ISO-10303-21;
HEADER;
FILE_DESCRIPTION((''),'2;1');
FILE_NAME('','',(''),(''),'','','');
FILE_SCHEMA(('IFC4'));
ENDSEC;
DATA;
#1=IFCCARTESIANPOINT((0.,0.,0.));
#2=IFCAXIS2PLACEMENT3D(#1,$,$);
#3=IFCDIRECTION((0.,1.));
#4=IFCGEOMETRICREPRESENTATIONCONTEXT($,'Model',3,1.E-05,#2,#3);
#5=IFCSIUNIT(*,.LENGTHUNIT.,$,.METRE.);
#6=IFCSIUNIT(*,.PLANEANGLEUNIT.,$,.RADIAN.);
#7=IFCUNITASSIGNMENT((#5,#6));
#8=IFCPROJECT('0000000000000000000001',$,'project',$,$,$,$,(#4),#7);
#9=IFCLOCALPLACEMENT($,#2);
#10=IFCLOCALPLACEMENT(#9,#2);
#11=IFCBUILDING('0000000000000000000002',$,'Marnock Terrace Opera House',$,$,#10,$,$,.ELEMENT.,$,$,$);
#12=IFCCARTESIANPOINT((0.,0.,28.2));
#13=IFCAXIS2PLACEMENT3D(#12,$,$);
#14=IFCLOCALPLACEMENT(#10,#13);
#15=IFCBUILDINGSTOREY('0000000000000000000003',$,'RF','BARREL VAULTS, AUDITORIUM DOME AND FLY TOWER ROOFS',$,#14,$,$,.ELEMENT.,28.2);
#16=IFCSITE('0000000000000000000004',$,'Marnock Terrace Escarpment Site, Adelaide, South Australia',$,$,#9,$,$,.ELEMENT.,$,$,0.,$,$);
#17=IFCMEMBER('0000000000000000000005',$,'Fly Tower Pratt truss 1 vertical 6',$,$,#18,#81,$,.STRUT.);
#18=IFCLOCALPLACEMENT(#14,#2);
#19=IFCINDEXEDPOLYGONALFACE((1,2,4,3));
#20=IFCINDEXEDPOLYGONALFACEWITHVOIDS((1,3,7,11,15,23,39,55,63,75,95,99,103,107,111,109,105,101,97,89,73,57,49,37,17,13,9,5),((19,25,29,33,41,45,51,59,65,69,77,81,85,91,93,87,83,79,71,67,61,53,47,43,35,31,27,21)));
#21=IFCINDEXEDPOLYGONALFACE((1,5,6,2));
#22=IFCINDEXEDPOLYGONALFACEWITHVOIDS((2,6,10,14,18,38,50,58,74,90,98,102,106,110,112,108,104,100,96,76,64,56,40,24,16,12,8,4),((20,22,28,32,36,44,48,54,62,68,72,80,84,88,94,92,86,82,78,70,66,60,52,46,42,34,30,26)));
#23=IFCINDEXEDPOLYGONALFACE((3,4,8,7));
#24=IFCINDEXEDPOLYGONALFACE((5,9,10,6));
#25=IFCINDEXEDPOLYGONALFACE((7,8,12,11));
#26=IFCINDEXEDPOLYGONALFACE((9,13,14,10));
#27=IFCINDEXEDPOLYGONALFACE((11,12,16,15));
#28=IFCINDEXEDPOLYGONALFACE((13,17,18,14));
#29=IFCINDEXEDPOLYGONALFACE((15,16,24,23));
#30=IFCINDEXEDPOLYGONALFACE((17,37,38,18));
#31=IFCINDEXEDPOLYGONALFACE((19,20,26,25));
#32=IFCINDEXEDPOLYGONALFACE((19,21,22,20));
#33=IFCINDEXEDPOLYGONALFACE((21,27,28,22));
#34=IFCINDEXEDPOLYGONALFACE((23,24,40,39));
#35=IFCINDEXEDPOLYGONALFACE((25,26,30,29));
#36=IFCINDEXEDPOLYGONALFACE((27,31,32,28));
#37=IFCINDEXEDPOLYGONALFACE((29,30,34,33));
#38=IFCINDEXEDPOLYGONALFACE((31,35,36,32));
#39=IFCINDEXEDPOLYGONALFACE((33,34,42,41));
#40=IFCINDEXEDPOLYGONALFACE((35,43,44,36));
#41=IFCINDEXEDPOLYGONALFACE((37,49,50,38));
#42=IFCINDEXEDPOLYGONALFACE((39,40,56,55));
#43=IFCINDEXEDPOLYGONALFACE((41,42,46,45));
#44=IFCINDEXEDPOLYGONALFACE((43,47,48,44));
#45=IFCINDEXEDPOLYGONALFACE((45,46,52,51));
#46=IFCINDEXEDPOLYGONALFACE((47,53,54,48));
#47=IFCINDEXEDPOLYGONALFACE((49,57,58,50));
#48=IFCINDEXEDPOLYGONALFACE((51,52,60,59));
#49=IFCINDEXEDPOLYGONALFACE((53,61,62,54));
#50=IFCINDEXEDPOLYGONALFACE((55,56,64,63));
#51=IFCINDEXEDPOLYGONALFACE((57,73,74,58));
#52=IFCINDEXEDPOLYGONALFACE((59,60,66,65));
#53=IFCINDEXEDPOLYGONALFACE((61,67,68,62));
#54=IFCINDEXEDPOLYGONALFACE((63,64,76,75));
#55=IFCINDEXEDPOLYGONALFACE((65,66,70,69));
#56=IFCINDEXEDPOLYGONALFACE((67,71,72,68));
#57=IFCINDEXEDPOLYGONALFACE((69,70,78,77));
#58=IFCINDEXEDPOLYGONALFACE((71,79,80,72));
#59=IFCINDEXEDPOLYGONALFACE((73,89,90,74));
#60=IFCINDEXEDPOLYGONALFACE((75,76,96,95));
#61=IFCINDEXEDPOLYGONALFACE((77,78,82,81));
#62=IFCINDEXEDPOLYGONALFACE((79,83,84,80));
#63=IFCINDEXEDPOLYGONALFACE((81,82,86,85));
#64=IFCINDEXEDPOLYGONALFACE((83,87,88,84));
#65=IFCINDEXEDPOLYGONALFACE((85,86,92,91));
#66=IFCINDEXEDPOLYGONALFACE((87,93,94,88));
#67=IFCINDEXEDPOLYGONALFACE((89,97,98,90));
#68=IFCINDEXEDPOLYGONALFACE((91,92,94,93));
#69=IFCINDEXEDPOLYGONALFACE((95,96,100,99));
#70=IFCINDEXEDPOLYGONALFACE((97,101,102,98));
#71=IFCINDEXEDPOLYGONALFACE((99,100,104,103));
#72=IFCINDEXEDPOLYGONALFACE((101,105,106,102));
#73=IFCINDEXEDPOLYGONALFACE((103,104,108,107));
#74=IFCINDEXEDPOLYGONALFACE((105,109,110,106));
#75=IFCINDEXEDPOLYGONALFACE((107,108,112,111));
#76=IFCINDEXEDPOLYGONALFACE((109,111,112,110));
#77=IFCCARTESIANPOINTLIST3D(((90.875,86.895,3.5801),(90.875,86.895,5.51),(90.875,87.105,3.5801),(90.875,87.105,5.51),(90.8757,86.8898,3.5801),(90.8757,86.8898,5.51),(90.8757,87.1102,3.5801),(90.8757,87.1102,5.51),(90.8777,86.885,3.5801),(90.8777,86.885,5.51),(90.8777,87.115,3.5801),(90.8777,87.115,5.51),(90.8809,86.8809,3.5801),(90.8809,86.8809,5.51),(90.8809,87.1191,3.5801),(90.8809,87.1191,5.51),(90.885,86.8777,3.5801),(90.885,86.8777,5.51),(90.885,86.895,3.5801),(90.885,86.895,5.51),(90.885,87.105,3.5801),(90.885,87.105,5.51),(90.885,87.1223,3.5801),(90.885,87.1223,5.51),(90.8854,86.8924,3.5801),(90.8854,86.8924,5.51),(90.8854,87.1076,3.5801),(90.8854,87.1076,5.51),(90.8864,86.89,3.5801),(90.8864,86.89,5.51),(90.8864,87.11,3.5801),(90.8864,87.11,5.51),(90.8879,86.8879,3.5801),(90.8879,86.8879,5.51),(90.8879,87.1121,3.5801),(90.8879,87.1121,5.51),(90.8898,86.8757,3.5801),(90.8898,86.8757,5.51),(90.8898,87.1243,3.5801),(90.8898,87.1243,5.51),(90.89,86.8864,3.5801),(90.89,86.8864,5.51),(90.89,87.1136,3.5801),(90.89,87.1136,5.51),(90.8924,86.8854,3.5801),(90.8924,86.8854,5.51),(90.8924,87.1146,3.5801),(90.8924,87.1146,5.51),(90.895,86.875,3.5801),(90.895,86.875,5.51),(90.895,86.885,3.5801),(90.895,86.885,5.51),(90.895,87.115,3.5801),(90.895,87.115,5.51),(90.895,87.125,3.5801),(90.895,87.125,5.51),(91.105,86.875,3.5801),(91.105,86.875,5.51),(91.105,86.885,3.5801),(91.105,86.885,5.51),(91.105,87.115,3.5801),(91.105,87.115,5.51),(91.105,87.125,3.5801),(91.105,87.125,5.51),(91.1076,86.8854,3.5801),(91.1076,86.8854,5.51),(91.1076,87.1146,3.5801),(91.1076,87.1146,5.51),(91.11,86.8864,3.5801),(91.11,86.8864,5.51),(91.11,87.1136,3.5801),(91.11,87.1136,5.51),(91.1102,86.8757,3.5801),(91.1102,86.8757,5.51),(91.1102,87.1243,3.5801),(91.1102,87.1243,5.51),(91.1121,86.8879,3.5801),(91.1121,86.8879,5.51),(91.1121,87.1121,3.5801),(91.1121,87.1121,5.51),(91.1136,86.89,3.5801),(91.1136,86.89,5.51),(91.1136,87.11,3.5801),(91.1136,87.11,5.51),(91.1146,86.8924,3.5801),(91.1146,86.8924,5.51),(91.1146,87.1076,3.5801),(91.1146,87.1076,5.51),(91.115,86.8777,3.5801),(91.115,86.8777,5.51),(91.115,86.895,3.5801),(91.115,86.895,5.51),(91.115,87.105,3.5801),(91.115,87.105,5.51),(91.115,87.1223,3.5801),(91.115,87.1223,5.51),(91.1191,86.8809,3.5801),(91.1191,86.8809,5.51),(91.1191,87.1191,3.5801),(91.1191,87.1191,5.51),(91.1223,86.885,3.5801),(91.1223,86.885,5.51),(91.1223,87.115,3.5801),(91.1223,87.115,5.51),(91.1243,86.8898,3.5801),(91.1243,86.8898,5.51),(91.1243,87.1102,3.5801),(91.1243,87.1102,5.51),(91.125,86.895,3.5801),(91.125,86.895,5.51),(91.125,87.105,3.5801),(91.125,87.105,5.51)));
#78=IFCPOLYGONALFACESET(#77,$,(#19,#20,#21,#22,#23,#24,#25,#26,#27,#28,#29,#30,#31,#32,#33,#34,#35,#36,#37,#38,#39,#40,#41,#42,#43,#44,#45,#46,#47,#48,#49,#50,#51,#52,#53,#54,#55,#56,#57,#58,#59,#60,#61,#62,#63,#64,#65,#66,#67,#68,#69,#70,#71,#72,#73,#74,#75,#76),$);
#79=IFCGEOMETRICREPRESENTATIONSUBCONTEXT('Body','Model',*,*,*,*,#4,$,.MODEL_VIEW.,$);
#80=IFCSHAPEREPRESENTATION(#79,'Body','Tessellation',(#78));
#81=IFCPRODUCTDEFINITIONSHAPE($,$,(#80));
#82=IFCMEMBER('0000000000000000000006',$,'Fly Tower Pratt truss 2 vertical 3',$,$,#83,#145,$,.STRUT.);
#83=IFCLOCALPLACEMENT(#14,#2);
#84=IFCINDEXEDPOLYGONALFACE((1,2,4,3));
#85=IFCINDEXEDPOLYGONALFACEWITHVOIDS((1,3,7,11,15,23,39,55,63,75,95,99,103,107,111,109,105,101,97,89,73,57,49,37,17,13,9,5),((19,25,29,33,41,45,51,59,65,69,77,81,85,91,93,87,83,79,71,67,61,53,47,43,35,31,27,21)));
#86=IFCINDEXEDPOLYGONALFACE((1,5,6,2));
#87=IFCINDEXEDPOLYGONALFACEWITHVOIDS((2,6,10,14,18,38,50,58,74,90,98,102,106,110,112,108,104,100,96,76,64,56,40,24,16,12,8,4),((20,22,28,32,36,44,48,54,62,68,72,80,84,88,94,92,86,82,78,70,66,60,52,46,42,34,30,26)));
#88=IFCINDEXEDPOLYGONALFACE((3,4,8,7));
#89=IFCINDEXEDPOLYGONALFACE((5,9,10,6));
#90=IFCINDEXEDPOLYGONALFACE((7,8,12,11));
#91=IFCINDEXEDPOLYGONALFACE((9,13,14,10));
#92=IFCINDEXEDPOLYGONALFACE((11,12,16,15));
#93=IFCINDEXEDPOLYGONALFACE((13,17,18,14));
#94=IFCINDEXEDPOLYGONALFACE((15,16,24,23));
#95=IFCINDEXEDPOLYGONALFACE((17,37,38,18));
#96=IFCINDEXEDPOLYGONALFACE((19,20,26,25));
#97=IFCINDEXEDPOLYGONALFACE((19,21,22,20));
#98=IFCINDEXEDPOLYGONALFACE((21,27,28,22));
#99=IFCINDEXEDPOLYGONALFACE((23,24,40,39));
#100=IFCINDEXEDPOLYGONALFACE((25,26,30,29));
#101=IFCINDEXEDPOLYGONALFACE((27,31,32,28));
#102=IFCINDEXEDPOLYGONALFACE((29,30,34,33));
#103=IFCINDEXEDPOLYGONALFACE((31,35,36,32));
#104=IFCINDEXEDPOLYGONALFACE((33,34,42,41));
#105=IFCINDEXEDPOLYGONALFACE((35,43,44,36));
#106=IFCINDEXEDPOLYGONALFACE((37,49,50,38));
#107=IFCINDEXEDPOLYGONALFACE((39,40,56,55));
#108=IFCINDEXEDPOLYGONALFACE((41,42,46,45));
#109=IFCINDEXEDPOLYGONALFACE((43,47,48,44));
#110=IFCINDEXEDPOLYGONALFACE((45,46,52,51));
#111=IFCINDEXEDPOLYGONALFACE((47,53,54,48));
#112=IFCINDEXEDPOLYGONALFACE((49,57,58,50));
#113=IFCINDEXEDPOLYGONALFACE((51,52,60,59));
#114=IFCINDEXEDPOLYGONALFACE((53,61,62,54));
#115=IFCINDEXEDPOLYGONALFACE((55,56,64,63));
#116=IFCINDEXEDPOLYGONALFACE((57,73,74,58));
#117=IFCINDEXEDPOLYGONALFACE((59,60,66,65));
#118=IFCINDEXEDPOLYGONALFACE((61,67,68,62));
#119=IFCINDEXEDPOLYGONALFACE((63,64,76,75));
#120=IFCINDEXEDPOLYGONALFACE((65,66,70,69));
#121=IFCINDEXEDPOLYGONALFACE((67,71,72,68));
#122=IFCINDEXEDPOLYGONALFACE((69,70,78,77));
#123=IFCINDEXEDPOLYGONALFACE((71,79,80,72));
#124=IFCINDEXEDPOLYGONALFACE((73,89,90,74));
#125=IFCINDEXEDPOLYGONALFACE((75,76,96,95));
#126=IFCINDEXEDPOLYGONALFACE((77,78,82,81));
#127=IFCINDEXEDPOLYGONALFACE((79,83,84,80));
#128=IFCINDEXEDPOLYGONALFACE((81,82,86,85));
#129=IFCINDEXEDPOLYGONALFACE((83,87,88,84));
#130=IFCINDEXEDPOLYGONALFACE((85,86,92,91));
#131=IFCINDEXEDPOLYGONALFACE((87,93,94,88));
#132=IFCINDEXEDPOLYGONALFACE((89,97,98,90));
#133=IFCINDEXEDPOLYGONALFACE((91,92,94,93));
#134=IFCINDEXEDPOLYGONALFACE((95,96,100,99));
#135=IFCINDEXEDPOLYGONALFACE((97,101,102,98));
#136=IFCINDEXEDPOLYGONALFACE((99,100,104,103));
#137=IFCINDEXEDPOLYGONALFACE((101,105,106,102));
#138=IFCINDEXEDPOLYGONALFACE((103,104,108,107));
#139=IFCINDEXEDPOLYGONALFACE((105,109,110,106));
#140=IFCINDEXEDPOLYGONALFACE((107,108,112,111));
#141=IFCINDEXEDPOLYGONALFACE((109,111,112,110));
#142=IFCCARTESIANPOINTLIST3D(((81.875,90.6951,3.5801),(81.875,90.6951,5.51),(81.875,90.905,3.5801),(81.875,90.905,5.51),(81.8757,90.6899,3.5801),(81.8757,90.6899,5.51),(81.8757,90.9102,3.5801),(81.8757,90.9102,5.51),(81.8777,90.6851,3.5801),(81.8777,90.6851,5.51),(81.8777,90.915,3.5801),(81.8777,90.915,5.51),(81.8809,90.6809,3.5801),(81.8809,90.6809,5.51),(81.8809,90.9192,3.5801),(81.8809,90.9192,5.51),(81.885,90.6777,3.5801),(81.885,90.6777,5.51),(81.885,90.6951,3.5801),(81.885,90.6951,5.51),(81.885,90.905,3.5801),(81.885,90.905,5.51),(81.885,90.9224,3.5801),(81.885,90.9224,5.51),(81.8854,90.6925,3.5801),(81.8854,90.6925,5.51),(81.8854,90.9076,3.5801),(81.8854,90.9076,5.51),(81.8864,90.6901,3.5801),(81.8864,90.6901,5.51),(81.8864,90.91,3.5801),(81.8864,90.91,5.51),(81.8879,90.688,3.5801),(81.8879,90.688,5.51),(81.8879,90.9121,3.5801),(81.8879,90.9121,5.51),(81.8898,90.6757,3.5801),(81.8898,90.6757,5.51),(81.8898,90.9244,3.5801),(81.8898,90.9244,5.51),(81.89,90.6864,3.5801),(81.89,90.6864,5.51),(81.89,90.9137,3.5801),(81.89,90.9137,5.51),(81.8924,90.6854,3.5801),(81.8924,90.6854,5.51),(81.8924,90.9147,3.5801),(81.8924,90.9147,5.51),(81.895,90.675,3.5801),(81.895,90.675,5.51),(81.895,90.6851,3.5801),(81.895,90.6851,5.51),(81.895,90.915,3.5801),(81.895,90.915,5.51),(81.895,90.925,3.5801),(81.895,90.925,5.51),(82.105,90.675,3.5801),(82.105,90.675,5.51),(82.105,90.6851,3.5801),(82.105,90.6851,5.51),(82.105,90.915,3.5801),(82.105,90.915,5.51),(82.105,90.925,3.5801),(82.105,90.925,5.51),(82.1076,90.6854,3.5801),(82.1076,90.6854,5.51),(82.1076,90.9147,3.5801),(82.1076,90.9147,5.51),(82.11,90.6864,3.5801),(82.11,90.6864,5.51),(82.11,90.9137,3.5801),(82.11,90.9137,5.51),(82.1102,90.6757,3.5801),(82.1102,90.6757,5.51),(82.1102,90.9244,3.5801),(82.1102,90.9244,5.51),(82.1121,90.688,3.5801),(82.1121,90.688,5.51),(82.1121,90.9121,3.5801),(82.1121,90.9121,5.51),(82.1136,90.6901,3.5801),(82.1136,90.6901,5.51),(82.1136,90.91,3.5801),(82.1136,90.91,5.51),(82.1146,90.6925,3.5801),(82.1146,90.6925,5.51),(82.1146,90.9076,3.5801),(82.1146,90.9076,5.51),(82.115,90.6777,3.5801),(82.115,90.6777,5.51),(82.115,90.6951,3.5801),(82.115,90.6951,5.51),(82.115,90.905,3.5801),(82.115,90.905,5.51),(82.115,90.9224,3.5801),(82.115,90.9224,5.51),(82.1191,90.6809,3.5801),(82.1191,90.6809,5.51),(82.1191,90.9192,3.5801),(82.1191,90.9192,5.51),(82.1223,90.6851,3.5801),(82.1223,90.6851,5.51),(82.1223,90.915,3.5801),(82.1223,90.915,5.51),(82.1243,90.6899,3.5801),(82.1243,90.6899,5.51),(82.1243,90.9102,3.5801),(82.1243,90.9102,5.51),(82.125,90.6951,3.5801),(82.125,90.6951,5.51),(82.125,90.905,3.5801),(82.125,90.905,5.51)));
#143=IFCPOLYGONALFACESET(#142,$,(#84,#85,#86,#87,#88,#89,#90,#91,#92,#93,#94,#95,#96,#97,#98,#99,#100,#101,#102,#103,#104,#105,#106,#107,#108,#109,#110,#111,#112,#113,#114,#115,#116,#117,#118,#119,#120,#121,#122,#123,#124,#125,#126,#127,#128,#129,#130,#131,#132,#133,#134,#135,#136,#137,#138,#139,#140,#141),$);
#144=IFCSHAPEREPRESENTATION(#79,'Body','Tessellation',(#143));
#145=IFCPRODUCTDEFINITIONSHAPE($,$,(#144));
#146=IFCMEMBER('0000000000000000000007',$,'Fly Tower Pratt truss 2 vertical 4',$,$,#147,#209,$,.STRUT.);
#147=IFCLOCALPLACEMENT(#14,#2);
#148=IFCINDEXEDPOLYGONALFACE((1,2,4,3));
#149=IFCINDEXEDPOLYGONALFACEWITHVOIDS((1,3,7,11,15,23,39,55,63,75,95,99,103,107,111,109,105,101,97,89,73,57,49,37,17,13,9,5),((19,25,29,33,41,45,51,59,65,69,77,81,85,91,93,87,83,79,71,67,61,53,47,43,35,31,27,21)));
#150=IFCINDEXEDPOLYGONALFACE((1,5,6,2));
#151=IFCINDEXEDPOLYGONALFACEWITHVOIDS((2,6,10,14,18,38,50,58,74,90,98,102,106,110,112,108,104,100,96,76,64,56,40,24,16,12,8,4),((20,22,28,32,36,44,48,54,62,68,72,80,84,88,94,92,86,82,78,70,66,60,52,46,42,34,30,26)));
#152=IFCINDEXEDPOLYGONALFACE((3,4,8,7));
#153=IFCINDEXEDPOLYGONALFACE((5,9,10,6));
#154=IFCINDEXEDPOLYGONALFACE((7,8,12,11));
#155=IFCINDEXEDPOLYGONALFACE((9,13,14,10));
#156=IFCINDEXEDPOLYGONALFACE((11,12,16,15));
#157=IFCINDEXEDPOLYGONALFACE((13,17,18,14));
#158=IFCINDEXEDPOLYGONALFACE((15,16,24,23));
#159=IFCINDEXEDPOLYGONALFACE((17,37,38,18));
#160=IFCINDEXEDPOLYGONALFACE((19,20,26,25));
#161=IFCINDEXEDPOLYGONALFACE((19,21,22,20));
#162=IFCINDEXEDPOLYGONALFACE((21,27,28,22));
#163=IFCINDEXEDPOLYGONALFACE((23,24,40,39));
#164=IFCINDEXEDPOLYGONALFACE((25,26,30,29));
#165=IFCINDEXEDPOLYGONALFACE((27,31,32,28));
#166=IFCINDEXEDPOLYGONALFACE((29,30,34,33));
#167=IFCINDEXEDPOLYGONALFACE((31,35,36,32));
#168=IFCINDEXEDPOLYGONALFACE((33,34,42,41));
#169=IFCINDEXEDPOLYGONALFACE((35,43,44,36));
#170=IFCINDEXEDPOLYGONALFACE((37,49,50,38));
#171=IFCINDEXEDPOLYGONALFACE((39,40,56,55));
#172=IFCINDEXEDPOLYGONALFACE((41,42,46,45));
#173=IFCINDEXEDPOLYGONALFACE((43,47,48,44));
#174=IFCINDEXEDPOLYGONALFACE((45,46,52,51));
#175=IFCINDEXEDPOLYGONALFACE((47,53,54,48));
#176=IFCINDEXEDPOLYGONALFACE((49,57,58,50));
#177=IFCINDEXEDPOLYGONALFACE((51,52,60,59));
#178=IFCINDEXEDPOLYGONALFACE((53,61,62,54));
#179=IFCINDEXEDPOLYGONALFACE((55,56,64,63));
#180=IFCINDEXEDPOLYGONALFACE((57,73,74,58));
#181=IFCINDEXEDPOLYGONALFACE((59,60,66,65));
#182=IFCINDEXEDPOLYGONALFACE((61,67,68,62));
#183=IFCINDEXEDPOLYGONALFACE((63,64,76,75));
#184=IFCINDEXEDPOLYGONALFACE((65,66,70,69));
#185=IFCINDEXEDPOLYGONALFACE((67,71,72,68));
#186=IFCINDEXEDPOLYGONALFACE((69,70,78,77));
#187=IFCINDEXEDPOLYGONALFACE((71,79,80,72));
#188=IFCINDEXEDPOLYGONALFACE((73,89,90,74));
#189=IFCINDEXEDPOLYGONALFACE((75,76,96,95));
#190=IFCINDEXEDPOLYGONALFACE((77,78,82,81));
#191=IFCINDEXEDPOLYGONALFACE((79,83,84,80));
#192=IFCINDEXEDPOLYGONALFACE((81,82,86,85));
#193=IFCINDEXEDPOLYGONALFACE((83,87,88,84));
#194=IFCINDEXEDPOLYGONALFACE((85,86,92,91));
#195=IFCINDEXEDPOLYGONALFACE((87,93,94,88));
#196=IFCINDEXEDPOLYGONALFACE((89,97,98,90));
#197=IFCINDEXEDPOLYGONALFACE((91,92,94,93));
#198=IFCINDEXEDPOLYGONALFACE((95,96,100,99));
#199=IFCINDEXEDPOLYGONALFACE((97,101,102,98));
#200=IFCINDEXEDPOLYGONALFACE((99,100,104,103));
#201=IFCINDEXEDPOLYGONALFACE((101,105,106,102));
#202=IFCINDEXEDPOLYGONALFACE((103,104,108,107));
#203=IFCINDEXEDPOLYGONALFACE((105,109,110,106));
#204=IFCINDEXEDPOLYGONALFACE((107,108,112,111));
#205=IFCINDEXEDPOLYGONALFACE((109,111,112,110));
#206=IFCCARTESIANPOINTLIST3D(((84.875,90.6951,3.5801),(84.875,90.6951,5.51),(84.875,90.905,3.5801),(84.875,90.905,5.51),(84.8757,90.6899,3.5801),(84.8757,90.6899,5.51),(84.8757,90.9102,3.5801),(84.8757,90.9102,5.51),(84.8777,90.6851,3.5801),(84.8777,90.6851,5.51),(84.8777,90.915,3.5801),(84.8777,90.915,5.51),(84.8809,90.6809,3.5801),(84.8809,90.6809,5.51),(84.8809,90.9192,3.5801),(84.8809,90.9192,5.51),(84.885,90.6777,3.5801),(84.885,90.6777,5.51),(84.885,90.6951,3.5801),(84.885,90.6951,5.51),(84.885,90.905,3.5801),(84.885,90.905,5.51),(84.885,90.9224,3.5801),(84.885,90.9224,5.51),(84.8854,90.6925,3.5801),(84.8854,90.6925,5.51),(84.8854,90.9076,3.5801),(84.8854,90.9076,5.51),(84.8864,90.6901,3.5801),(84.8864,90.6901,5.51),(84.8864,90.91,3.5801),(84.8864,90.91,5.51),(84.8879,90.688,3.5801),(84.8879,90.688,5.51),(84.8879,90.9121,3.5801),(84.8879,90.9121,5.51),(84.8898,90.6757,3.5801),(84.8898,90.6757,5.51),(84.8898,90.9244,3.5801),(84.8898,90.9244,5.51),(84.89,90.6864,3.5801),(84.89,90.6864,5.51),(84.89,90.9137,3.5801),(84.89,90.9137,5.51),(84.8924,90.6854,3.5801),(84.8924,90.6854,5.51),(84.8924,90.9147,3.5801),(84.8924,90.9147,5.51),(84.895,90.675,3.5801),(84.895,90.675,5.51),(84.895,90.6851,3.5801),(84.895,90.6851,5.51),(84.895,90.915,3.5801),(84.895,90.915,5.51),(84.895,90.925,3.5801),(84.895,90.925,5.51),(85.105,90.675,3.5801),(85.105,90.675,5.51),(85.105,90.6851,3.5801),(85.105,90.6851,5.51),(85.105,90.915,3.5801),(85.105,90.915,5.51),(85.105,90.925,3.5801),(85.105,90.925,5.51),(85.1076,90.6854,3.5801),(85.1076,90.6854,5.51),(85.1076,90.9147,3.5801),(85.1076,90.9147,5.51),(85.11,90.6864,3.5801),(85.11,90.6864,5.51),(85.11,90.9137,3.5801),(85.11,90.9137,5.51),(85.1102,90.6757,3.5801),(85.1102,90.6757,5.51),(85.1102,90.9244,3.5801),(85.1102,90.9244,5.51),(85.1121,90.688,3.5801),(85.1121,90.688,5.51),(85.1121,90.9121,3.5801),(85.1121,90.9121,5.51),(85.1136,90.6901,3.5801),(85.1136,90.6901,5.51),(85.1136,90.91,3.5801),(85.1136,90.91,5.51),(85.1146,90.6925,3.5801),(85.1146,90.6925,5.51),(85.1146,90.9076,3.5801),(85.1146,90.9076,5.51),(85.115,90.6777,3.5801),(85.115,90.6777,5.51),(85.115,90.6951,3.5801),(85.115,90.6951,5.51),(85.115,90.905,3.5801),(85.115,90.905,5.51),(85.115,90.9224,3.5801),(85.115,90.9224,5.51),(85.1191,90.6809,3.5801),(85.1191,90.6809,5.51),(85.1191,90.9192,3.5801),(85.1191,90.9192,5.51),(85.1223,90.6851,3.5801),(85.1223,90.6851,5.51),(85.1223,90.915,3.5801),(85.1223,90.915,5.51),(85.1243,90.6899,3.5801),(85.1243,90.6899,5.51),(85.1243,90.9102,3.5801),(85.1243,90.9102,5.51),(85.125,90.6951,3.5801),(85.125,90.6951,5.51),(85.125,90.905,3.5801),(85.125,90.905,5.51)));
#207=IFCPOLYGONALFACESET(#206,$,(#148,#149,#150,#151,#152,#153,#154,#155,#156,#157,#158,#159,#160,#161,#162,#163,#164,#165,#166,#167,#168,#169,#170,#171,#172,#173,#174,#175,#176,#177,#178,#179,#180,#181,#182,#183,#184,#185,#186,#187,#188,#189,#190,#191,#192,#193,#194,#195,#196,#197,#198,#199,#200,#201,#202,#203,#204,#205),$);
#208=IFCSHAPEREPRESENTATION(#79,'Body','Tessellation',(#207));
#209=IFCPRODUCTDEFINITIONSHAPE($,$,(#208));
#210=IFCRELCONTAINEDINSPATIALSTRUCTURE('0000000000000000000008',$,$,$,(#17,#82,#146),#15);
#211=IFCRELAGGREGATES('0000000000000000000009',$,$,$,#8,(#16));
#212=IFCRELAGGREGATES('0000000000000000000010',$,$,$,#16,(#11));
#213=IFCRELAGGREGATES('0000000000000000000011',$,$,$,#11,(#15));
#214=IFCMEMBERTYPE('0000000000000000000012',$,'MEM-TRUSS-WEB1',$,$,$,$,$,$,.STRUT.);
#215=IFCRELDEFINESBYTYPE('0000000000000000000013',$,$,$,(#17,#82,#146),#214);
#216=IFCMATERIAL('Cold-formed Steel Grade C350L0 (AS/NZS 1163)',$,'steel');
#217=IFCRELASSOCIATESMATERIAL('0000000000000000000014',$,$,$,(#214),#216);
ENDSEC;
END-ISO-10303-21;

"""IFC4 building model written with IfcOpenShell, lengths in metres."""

from ifc_helpers import new_model, si_unit, direction, frame, origin, origin_2d, place, context, subcontext, project, spatial, hollow_rectangle, extrude, material, material_profile, profile_set, type_object, element, save


model = new_model("IFC4")

# Units and contexts
model_context = context("Model", 3, precision=1e-05, world=origin(), true_north=direction((0.0, 1.0)))
body_context = subcontext(model_context, "Body", "Model", "MODEL_VIEW")
ifc_project = project(units=[si_unit("LENGTHUNIT", "METRE"), si_unit("PLANEANGLEUNIT", "RADIAN")], contexts=[model_context])

# Site, building, storey
site_placement = place(None, origin())
site = spatial("IfcSite", under=ifc_project, at=site_placement, Name="Marnock Terrace Escarpment Site, Adelaide, South Australia", CompositionType="ELEMENT", RefElevation=0.0)
building_placement = place(site_placement, origin())
building = spatial("IfcBuilding", under=site, at=building_placement, Name="Marnock Terrace Opera House", CompositionType="ELEMENT")
storey_placement = place(building_placement, frame((0.0, 0.0, 28.2)))
storey = spatial("IfcBuildingStorey", under=building, at=storey_placement, Name="RF", Description="BARREL VAULTS, AUDITORIUM DOME AND FLY TOWER ROOFS", CompositionType="ELEMENT", Elevation=28.2)

# Members
ifc_material_1 = material(Name="Cold-formed Steel Grade C350L0 (AS/NZS 1163)", Category="steel")
ifc_material_profile_1 = material_profile(ifc_material_1, hollow_rectangle(XDim=0.25, YDim=0.25, WallThickness=0.01, InnerFilletRadius=0.01, OuterFilletRadius=0.02, at=origin_2d()))
ifc_profile_set_1 = profile_set([ifc_material_profile_1], Name="Cold-formed Steel Grade C350L0 (AS/NZS 1163)")
member_type_1 = type_object("IfcMemberType", Name="MEM-TRUSS-WEB1", PredefinedType="STRUT", material=ifc_profile_set_1)
for number, where, z_axis, x_axis, name in (
    (1, (91.0, 87.0, 3.5801), (0.0, 0.0, 1.0), (1.0, 0.0, 0.0), "Fly Tower Pratt truss 1 vertical 6"),
    (2, (82.0, 90.8, 3.5801), (0.0, 0.0, 1.0), (1.0, 0.0, 0.0), "Fly Tower Pratt truss 2 vertical 3"),
    (3, (85.0, 90.8, 3.5801), (0.0, 0.0, 1.0), (1.0, 0.0, 0.0), "Fly Tower Pratt truss 2 vertical 4"),
):
    element("IfcMember", number, at=place(storey_placement, frame(where, z_axis=z_axis, x_axis=x_axis)), inside=storey, type_object=member_type_1, Name=name, PredefinedType="STRUT", context=body_context, shape_type="SweptSolid", body=[
        extrude(hollow_rectangle(XDim=0.25, YDim=0.25, WallThickness=0.01, InnerFilletRadius=0.01, OuterFilletRadius=0.02, at=origin_2d()), origin(), (0.0, 0.0, 1.0), 1.9299),
    ])

save(model, "model.ifc")
